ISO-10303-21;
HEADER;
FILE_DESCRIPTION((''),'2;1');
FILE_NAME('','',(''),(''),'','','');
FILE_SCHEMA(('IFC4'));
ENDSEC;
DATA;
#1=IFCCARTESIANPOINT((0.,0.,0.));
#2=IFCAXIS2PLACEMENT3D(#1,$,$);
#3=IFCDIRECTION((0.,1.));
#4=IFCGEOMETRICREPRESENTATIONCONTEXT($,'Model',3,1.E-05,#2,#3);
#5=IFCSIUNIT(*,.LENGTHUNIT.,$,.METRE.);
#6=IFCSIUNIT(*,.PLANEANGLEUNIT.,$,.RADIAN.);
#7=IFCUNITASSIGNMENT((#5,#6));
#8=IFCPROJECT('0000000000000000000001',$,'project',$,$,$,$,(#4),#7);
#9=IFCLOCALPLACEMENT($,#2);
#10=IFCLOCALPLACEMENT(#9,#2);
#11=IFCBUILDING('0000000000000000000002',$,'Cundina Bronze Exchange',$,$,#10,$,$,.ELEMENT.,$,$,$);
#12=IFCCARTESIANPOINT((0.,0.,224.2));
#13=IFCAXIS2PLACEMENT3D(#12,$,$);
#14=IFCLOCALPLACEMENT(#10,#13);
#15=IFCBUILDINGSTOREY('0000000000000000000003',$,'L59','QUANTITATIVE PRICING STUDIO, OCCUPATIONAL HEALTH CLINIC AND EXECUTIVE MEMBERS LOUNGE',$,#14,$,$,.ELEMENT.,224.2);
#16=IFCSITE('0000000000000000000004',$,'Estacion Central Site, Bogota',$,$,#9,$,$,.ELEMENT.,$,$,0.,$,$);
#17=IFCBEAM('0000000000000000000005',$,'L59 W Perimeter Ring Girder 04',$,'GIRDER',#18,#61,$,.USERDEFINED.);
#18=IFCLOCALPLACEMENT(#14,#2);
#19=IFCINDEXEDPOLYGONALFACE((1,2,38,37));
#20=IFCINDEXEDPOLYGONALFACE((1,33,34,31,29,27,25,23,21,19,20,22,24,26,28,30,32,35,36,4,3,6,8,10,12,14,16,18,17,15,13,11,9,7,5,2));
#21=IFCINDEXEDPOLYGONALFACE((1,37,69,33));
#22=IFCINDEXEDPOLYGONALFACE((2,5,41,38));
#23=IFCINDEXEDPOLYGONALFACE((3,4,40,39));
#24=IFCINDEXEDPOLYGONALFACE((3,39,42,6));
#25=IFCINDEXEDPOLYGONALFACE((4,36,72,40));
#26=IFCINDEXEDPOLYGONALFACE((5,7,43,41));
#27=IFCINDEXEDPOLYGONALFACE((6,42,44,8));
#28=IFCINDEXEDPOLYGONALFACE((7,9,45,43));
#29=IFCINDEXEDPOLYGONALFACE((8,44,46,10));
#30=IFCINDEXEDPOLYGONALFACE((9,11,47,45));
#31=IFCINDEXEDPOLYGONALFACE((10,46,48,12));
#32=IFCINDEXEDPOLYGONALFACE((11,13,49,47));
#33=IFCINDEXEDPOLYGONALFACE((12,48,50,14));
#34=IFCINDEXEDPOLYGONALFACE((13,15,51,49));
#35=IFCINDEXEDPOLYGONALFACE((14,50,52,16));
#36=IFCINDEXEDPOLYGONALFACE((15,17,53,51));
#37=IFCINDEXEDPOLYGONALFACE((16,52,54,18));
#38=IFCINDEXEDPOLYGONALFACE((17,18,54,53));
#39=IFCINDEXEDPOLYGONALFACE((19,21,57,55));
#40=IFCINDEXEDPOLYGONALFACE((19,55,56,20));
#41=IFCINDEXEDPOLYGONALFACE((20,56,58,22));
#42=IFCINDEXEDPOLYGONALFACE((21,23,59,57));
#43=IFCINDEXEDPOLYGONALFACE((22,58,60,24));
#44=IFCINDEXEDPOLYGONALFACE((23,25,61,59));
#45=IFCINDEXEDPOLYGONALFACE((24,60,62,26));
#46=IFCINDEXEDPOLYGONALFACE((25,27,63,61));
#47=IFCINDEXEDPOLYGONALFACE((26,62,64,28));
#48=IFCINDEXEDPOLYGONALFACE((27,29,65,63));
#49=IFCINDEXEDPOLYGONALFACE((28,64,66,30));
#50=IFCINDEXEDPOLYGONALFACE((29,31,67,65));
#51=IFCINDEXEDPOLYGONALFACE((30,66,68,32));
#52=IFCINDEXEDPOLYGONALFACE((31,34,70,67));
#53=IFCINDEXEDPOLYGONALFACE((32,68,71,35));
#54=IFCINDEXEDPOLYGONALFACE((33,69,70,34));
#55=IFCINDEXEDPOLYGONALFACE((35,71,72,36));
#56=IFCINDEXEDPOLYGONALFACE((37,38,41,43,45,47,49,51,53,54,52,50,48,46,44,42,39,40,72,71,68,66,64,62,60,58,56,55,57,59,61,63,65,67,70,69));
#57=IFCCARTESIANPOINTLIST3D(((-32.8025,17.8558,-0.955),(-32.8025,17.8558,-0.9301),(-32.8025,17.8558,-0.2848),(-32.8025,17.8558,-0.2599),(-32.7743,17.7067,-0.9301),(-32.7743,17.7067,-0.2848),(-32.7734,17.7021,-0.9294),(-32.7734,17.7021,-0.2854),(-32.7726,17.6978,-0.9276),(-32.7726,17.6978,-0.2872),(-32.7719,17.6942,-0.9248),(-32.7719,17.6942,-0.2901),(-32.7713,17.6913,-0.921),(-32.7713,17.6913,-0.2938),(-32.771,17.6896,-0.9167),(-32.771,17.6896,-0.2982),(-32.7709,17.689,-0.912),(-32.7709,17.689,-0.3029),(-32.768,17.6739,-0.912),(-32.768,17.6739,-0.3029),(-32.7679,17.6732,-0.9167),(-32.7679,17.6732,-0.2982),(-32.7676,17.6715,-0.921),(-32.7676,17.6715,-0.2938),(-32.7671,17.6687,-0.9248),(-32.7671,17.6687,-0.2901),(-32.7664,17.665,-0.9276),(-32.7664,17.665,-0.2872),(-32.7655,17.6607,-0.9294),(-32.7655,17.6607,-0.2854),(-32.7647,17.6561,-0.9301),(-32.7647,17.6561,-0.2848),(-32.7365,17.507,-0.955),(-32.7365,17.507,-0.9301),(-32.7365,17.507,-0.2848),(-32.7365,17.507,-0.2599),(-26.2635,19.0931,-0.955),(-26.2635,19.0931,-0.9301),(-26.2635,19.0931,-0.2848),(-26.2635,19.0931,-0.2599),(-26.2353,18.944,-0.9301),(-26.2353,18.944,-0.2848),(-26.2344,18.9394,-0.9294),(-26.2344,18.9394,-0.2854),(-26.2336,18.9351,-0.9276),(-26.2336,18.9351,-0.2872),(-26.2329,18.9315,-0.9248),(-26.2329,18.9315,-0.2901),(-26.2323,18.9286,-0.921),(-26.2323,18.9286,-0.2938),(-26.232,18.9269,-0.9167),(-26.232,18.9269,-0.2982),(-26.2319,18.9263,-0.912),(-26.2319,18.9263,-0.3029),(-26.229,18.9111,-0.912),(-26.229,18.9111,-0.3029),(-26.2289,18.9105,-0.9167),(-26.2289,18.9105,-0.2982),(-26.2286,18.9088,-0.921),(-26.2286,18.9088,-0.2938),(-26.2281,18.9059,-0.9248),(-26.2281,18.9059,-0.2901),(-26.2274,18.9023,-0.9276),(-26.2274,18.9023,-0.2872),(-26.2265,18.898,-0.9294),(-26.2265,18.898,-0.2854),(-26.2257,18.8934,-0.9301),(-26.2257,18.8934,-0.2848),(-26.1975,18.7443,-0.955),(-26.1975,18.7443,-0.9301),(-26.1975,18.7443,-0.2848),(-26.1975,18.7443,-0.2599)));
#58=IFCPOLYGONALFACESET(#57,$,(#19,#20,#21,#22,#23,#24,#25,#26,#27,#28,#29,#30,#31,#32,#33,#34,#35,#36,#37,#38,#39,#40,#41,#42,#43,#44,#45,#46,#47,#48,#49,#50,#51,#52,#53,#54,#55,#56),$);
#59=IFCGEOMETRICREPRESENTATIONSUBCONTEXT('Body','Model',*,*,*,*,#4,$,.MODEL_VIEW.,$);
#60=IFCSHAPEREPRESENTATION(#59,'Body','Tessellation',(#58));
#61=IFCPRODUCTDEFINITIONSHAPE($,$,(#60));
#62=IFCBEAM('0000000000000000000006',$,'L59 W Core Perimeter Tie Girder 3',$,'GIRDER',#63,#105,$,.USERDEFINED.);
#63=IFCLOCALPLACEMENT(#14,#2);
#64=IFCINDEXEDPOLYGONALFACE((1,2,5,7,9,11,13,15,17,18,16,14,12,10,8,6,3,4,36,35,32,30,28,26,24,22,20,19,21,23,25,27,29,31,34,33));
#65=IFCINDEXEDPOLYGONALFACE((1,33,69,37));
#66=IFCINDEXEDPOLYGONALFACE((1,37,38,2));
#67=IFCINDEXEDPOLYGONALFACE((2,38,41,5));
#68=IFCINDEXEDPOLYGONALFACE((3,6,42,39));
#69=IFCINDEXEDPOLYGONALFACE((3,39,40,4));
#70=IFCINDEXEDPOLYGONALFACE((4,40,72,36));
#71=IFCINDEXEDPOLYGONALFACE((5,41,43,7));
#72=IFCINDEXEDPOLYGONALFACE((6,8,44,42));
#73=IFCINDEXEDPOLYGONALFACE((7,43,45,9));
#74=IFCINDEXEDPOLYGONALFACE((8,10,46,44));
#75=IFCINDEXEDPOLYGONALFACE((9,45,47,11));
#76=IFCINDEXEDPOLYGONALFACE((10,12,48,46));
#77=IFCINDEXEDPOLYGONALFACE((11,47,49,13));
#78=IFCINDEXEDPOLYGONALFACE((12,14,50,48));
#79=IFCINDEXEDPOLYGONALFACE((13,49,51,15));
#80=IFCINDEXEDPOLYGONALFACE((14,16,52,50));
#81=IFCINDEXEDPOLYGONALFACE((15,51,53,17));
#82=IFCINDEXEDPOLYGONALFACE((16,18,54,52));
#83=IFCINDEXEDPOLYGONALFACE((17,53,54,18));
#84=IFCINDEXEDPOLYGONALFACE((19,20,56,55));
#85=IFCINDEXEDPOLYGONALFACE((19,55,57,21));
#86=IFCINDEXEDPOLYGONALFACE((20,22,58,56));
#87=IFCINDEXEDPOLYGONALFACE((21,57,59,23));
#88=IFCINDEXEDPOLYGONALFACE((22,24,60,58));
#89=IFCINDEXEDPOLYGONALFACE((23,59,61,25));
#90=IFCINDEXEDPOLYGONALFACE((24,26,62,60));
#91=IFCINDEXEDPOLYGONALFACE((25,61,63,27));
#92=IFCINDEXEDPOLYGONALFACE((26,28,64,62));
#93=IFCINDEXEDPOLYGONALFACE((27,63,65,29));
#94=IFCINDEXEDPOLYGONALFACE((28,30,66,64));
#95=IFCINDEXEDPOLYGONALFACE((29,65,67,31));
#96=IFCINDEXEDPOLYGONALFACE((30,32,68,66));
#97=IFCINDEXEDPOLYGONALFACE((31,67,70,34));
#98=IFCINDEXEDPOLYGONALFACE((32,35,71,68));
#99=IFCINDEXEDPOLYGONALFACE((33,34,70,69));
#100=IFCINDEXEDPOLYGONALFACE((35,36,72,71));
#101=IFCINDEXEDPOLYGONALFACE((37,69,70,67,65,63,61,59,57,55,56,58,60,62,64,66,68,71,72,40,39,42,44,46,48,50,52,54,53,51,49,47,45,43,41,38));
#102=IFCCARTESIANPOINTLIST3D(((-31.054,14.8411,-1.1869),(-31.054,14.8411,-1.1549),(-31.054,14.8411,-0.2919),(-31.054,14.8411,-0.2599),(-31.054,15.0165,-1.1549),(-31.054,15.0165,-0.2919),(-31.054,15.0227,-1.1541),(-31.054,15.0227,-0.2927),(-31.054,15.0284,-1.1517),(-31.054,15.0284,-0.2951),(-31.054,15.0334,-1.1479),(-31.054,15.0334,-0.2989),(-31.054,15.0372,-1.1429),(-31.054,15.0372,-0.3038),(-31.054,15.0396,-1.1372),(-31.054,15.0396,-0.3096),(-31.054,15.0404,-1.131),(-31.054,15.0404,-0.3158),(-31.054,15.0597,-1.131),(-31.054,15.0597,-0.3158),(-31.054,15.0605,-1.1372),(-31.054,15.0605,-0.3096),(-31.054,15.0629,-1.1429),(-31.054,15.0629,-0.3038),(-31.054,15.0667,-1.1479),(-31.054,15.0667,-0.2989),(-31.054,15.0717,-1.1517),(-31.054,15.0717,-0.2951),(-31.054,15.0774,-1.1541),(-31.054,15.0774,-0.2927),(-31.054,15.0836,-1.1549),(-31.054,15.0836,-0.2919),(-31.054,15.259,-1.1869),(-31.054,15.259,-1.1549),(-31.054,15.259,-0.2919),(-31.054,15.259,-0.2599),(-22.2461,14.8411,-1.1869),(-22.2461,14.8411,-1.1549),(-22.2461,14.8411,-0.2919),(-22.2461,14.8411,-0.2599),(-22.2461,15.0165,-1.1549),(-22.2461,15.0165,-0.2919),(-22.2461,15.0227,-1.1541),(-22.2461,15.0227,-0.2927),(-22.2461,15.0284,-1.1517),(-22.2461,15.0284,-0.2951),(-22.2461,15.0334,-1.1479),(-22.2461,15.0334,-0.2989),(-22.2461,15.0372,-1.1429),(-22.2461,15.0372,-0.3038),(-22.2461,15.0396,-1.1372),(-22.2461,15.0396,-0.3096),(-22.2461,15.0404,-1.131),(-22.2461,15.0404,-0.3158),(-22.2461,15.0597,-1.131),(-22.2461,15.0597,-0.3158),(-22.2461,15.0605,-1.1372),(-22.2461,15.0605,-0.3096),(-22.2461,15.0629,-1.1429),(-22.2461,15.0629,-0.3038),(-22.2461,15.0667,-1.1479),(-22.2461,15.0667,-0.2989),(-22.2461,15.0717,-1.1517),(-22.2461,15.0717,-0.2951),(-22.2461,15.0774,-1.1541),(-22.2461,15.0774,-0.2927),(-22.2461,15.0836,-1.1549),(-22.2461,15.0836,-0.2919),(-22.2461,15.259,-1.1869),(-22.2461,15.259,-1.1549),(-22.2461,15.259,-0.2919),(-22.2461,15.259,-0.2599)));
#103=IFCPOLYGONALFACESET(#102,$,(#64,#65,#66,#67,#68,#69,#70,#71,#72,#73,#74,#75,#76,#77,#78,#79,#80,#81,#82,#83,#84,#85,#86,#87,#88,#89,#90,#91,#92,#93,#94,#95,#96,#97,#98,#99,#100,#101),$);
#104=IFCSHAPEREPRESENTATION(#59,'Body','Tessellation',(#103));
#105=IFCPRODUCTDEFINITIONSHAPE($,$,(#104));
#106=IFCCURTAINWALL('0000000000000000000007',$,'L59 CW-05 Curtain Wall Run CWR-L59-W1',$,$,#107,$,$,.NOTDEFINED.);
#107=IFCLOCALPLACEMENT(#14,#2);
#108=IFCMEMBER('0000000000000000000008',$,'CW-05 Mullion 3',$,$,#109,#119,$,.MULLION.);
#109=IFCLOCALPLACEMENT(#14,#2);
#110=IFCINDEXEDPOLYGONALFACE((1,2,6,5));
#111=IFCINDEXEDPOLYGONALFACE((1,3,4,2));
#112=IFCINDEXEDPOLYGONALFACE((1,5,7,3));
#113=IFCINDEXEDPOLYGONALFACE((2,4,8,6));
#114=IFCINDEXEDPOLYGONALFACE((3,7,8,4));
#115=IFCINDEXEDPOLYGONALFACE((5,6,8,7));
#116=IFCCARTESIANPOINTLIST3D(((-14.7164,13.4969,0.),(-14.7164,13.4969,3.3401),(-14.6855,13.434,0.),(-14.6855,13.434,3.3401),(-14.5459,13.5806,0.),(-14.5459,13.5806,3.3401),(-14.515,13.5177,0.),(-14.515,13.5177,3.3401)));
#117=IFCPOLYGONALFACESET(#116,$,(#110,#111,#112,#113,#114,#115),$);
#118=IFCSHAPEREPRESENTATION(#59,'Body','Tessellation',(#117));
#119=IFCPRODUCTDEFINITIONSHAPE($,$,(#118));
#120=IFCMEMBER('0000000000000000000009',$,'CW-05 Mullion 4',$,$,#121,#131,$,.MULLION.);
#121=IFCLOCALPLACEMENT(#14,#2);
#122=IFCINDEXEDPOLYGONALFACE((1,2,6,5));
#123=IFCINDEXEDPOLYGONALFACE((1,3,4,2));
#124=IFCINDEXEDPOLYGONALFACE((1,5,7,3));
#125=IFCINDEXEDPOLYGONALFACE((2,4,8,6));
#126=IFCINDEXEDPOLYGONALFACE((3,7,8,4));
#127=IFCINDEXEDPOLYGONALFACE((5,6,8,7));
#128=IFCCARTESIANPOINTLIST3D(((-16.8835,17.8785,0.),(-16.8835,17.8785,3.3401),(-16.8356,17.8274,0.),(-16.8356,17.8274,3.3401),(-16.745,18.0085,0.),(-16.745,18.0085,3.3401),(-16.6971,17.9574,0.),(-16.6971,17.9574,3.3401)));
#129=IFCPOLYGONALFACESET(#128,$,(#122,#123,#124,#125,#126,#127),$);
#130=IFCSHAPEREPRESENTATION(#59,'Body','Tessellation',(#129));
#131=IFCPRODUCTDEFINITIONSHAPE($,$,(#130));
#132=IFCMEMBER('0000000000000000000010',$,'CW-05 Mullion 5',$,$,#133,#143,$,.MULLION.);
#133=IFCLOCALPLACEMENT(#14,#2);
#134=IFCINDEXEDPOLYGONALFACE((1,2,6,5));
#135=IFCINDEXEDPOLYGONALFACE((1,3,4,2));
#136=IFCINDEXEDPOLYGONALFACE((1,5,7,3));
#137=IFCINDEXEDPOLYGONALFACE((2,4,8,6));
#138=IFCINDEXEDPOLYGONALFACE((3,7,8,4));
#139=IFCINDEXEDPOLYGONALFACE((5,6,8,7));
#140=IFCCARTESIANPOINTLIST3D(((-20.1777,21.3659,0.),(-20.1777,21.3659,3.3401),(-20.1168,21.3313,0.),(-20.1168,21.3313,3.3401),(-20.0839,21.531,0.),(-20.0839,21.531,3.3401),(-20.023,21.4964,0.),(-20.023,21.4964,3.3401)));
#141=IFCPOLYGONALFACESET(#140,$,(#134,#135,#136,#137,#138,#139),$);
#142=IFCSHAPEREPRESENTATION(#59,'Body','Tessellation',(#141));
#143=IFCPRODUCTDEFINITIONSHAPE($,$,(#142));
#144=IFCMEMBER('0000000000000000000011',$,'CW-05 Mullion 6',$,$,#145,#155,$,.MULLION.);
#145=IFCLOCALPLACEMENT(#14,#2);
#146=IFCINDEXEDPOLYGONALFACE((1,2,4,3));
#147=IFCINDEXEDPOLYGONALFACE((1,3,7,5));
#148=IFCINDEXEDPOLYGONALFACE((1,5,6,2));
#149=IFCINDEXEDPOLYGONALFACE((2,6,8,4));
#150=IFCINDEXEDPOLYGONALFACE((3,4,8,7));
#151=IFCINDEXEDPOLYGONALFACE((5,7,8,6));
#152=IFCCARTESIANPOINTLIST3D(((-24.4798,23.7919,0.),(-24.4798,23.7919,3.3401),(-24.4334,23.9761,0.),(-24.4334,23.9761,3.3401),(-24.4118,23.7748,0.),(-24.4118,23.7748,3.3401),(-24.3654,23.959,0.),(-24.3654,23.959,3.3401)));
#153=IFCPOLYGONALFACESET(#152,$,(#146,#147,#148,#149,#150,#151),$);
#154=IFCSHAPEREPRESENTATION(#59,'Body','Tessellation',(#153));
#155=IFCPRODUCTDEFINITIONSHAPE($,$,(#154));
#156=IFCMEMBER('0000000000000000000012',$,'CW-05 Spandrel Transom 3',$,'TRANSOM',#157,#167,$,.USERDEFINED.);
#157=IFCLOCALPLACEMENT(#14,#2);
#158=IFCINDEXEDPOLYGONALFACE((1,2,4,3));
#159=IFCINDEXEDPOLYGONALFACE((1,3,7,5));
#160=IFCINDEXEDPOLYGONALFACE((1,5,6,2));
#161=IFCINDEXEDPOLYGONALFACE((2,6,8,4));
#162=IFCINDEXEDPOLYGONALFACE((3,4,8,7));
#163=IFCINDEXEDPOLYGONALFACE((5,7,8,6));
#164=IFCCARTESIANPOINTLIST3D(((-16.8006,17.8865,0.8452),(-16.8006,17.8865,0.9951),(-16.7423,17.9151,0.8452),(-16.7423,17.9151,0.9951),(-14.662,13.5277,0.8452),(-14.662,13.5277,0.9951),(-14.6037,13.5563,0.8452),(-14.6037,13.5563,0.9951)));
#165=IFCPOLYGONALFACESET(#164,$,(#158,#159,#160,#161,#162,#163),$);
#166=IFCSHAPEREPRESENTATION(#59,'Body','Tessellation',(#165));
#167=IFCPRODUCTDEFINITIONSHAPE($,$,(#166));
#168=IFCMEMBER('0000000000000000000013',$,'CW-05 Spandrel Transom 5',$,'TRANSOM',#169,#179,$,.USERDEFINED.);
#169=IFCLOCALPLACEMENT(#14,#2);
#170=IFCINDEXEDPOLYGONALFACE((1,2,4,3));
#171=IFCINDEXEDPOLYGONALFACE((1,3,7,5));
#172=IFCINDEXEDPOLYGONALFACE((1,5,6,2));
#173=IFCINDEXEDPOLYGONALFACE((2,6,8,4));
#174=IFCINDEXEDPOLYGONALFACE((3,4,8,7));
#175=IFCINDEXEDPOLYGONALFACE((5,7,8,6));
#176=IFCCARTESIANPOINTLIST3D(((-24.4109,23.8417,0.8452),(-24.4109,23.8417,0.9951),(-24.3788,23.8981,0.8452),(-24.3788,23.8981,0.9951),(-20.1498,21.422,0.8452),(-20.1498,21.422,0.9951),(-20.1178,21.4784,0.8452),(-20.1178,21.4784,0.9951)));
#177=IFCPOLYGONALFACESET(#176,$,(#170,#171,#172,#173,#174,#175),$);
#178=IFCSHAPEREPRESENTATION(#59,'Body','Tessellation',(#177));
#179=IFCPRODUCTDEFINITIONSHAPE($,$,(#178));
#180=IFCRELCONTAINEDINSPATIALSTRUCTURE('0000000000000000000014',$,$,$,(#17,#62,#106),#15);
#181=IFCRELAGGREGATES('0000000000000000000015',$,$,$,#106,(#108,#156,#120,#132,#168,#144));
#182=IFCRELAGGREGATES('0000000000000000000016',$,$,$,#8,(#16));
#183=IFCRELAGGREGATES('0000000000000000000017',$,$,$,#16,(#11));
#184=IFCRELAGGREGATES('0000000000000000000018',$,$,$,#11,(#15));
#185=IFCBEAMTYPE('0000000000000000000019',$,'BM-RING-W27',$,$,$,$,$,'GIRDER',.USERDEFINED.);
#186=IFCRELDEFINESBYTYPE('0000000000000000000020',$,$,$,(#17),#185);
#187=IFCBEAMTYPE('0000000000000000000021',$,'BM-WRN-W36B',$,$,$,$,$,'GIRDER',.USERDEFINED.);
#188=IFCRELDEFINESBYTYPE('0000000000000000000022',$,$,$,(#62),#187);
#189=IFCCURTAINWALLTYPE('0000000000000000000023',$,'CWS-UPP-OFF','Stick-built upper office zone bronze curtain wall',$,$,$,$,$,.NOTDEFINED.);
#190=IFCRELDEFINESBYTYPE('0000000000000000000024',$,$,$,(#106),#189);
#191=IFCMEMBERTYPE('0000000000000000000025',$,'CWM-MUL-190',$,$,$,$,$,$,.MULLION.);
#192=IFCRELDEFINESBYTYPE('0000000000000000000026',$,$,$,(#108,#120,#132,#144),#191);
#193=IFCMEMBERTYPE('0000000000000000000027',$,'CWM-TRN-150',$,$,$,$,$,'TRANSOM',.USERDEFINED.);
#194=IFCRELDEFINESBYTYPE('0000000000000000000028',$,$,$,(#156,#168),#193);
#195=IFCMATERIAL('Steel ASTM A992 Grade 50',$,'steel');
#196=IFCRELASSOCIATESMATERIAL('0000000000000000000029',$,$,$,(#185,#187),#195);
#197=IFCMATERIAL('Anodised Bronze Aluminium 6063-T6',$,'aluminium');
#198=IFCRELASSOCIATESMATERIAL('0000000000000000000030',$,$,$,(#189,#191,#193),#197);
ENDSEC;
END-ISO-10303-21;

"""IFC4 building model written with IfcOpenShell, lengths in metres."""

from ifc_helpers import new_model, si_unit, direction, frame, origin, origin_2d, place, context, subcontext, project, spatial, rectangle, i_section, extrude, material, material_profile, profile_set, type_object, element, aggregate, save


model = new_model("IFC4")

# Units and contexts
model_context = context("Model", 3, precision=1e-05, world=origin(), true_north=direction((0.0, 1.0)))
body_context = subcontext(model_context, "Body", "Model", "MODEL_VIEW")
ifc_project = project(units=[si_unit("LENGTHUNIT", "METRE"), si_unit("PLANEANGLEUNIT", "RADIAN")], contexts=[model_context])

# Site, building, storey
site_placement = place(None, origin())
site = spatial("IfcSite", under=ifc_project, at=site_placement, Name="Estacion Central Site, Bogota", CompositionType="ELEMENT", RefElevation=0.0)
building_placement = place(site_placement, origin())
building = spatial("IfcBuilding", under=site, at=building_placement, Name="Cundina Bronze Exchange", CompositionType="ELEMENT")
storey_placement = place(building_placement, frame((0.0, 0.0, 224.2)))
storey = spatial("IfcBuildingStorey", under=building, at=storey_placement, Name="L59", Description="QUANTITATIVE PRICING STUDIO, OCCUPATIONAL HEALTH CLINIC AND EXECUTIVE MEMBERS LOUNGE", CompositionType="ELEMENT", Elevation=224.2)

# Shared definitions
ifc_material_1 = material(Name="Steel ASTM A992 Grade 50", Category="steel")

# Beams
ifc_material_profile_1 = material_profile(ifc_material_1, i_section(OverallWidth=0.355, OverallDepth=0.6951, WebThickness=0.0154, FlangeThickness=0.0249, FilletRadius=0.0181, at=origin_2d()), Name="W27X146", Category="steel")
ifc_profile_set_1 = profile_set([ifc_material_profile_1], Name="Steel ASTM A992 Grade 50")
beam_type_1 = type_object("IfcBeamType", Name="BM-RING-W27", ElementType="GIRDER", PredefinedType="USERDEFINED", material=ifc_profile_set_1)
beam_1_placement = place(storey_placement, frame((-26.2305, 18.9187, -0.6074), z_axis=(-0.982565, -0.185918, 0.0), x_axis=(0.185918, -0.982565, 0.0)))
element("IfcBeam", 1, at=beam_1_placement, inside=storey, type_object=beam_type_1, Name="L59 W Perimeter Ring Girder 04", ObjectType="GIRDER", PredefinedType="USERDEFINED", context=body_context, shape_type="SweptSolid", body=[
    extrude(i_section(OverallWidth=0.355, OverallDepth=0.6951, WebThickness=0.0154, FlangeThickness=0.0249, FilletRadius=0.0181, at=origin_2d()), origin(), (0.0, 0.0, 1.0), 6.655),
])
ifc_material_profile_2 = material_profile(ifc_material_1, i_section(OverallWidth=0.418, OverallDepth=0.927, WebThickness=0.0193, FlangeThickness=0.032, FilletRadius=0.0239, at=origin_2d()), Name="W36X231", Category="steel")
ifc_profile_set_2 = profile_set([ifc_material_profile_2], Name="Steel ASTM A992 Grade 50")
beam_type_2 = type_object("IfcBeamType", Name="BM-WRN-W36B", ElementType="GIRDER", PredefinedType="USERDEFINED", material=ifc_profile_set_2)
beam_2_placement = place(storey_placement, frame((-22.2461, 15.05, -0.7234), z_axis=(-1.0, 0.0, 0.0), x_axis=(0.0, -1.0, 0.0)))
element("IfcBeam", 2, at=beam_2_placement, inside=storey, type_object=beam_type_2, Name="L59 W Core Perimeter Tie Girder 3", ObjectType="GIRDER", PredefinedType="USERDEFINED", context=body_context, shape_type="SweptSolid", body=[
    extrude(i_section(OverallWidth=0.418, OverallDepth=0.927, WebThickness=0.0193, FlangeThickness=0.032, FilletRadius=0.0239, at=origin_2d()), origin(), (0.0, 0.0, 1.0), 8.8079),
])

# Curtain wall, members
ifc_material_2 = material(Name="Anodised Bronze Aluminium 6063-T6", Category="aluminium")
curtain_wall_type = type_object("IfcCurtainWallType", Name="CWS-UPP-OFF", Description="Stick-built upper office zone bronze curtain wall", PredefinedType="NOTDEFINED", material=ifc_material_2)
curtain_wall_placement = place(storey_placement, origin())
curtain_wall = element("IfcCurtainWall", 3, at=curtain_wall_placement, inside=storey, type_object=curtain_wall_type, Name="L59 CW-05 Curtain Wall Run CWR-L59-W1", PredefinedType="NOTDEFINED")
ifc_material_profile_3 = material_profile(ifc_material_2, rectangle(XDim=0.0701, YDim=0.1899, at=origin_2d()), Name="AL70X190", Category="aluminium")
ifc_profile_set_3 = profile_set([ifc_material_profile_3], Name="Anodised Bronze Aluminium 6063-T6")
member_type_1 = type_object("IfcMemberType", Name="CWM-MUL-190", PredefinedType="MULLION", material=ifc_profile_set_3)
member_1_placement = place(storey_placement, frame((-14.6157, 13.5073, 0.0), z_axis=(0.0, 0.0, 1.0), x_axis=(-0.440566, 0.89772, 0.0)))
member_1 = element("IfcMember", 4, at=member_1_placement, type_object=member_type_1, Name="CW-05 Mullion 3", PredefinedType="MULLION", context=body_context, shape_type="SweptSolid", body=[
    extrude(rectangle(XDim=0.0701, YDim=0.1899, at=origin_2d()), origin(), (0.0, 0.0, 1.0), 3.3401),
])
member_2_placement = place(storey_placement, frame((-16.7903, 17.918, 0.0), z_axis=(0.0, 0.0, 1.0), x_axis=(-0.684293, 0.729208, 0.0)))
member_2 = element("IfcMember", 5, at=member_2_placement, type_object=member_type_1, Name="CW-05 Mullion 4", PredefinedType="MULLION", context=body_context, shape_type="SweptSolid", body=[
    extrude(rectangle(XDim=0.0701, YDim=0.1899, at=origin_2d()), origin(), (0.0, 0.0, 1.0), 3.3401),
])
member_3_placement = place(storey_placement, frame((-20.1003, 21.4312, 0.0), z_axis=(0.0, 0.0, 1.0), x_axis=(-0.869581, 0.49379, 0.0)))
member_3 = element("IfcMember", 6, at=member_3_placement, type_object=member_type_1, Name="CW-05 Mullion 5", PredefinedType="MULLION", context=body_context, shape_type="SweptSolid", body=[
    extrude(rectangle(XDim=0.0701, YDim=0.1899, at=origin_2d()), origin(), (0.0, 0.0, 1.0), 3.3401),
])
member_4_placement = place(storey_placement, frame((-24.4226, 23.8755, 0.0), z_axis=(0.0, 0.0, 1.0), x_axis=(-0.969744, 0.244123, 0.0)))
member_4 = element("IfcMember", 7, at=member_4_placement, type_object=member_type_1, Name="CW-05 Mullion 6", PredefinedType="MULLION", context=body_context, shape_type="SweptSolid", body=[
    extrude(rectangle(XDim=0.0701, YDim=0.1899, at=origin_2d()), origin(), (0.0, 0.0, 1.0), 3.3401),
])
ifc_material_profile_4 = material_profile(ifc_material_2, rectangle(XDim=0.0649, YDim=0.1499, at=origin_2d()), Name="AL65X150", Category="aluminium")
ifc_profile_set_4 = profile_set([ifc_material_profile_4], Name="Anodised Bronze Aluminium 6063-T6")
member_type_2 = type_object("IfcMemberType", Name="CWM-TRN-150", ElementType="TRANSOM", PredefinedType="USERDEFINED", material=ifc_profile_set_4)
member_5_placement = place(storey_placement, frame((-14.6328, 13.542, 0.9202), z_axis=(-0.440483, 0.897761, 0.0), x_axis=(-0.897761, -0.440483, 0.0)))
member_5 = element("IfcMember", 8, at=member_5_placement, type_object=member_type_2, Name="CW-05 Spandrel Transom 3", ObjectType="TRANSOM", PredefinedType="USERDEFINED", context=body_context, shape_type="SweptSolid", body=[
    extrude(rectangle(XDim=0.0649, YDim=0.1499, at=origin_2d()), origin(), (0.0, 0.0, 1.0), 4.8552),
])
member_6_placement = place(storey_placement, frame((-20.1338, 21.4502, 0.9202), z_axis=(-0.869574, 0.493803, 0.0), x_axis=(-0.493803, -0.869574, 0.0)))
member_6 = element("IfcMember", 9, at=member_6_placement, type_object=member_type_2, Name="CW-05 Spandrel Transom 5", ObjectType="TRANSOM", PredefinedType="USERDEFINED", context=body_context, shape_type="SweptSolid", body=[
    extrude(rectangle(XDim=0.0649, YDim=0.1499, at=origin_2d()), origin(), (0.0, 0.0, 1.0), 4.9001),
])
aggregate(curtain_wall, [member_1, member_5, member_2, member_3, member_6, member_4])

save(model, "model.ifc")
